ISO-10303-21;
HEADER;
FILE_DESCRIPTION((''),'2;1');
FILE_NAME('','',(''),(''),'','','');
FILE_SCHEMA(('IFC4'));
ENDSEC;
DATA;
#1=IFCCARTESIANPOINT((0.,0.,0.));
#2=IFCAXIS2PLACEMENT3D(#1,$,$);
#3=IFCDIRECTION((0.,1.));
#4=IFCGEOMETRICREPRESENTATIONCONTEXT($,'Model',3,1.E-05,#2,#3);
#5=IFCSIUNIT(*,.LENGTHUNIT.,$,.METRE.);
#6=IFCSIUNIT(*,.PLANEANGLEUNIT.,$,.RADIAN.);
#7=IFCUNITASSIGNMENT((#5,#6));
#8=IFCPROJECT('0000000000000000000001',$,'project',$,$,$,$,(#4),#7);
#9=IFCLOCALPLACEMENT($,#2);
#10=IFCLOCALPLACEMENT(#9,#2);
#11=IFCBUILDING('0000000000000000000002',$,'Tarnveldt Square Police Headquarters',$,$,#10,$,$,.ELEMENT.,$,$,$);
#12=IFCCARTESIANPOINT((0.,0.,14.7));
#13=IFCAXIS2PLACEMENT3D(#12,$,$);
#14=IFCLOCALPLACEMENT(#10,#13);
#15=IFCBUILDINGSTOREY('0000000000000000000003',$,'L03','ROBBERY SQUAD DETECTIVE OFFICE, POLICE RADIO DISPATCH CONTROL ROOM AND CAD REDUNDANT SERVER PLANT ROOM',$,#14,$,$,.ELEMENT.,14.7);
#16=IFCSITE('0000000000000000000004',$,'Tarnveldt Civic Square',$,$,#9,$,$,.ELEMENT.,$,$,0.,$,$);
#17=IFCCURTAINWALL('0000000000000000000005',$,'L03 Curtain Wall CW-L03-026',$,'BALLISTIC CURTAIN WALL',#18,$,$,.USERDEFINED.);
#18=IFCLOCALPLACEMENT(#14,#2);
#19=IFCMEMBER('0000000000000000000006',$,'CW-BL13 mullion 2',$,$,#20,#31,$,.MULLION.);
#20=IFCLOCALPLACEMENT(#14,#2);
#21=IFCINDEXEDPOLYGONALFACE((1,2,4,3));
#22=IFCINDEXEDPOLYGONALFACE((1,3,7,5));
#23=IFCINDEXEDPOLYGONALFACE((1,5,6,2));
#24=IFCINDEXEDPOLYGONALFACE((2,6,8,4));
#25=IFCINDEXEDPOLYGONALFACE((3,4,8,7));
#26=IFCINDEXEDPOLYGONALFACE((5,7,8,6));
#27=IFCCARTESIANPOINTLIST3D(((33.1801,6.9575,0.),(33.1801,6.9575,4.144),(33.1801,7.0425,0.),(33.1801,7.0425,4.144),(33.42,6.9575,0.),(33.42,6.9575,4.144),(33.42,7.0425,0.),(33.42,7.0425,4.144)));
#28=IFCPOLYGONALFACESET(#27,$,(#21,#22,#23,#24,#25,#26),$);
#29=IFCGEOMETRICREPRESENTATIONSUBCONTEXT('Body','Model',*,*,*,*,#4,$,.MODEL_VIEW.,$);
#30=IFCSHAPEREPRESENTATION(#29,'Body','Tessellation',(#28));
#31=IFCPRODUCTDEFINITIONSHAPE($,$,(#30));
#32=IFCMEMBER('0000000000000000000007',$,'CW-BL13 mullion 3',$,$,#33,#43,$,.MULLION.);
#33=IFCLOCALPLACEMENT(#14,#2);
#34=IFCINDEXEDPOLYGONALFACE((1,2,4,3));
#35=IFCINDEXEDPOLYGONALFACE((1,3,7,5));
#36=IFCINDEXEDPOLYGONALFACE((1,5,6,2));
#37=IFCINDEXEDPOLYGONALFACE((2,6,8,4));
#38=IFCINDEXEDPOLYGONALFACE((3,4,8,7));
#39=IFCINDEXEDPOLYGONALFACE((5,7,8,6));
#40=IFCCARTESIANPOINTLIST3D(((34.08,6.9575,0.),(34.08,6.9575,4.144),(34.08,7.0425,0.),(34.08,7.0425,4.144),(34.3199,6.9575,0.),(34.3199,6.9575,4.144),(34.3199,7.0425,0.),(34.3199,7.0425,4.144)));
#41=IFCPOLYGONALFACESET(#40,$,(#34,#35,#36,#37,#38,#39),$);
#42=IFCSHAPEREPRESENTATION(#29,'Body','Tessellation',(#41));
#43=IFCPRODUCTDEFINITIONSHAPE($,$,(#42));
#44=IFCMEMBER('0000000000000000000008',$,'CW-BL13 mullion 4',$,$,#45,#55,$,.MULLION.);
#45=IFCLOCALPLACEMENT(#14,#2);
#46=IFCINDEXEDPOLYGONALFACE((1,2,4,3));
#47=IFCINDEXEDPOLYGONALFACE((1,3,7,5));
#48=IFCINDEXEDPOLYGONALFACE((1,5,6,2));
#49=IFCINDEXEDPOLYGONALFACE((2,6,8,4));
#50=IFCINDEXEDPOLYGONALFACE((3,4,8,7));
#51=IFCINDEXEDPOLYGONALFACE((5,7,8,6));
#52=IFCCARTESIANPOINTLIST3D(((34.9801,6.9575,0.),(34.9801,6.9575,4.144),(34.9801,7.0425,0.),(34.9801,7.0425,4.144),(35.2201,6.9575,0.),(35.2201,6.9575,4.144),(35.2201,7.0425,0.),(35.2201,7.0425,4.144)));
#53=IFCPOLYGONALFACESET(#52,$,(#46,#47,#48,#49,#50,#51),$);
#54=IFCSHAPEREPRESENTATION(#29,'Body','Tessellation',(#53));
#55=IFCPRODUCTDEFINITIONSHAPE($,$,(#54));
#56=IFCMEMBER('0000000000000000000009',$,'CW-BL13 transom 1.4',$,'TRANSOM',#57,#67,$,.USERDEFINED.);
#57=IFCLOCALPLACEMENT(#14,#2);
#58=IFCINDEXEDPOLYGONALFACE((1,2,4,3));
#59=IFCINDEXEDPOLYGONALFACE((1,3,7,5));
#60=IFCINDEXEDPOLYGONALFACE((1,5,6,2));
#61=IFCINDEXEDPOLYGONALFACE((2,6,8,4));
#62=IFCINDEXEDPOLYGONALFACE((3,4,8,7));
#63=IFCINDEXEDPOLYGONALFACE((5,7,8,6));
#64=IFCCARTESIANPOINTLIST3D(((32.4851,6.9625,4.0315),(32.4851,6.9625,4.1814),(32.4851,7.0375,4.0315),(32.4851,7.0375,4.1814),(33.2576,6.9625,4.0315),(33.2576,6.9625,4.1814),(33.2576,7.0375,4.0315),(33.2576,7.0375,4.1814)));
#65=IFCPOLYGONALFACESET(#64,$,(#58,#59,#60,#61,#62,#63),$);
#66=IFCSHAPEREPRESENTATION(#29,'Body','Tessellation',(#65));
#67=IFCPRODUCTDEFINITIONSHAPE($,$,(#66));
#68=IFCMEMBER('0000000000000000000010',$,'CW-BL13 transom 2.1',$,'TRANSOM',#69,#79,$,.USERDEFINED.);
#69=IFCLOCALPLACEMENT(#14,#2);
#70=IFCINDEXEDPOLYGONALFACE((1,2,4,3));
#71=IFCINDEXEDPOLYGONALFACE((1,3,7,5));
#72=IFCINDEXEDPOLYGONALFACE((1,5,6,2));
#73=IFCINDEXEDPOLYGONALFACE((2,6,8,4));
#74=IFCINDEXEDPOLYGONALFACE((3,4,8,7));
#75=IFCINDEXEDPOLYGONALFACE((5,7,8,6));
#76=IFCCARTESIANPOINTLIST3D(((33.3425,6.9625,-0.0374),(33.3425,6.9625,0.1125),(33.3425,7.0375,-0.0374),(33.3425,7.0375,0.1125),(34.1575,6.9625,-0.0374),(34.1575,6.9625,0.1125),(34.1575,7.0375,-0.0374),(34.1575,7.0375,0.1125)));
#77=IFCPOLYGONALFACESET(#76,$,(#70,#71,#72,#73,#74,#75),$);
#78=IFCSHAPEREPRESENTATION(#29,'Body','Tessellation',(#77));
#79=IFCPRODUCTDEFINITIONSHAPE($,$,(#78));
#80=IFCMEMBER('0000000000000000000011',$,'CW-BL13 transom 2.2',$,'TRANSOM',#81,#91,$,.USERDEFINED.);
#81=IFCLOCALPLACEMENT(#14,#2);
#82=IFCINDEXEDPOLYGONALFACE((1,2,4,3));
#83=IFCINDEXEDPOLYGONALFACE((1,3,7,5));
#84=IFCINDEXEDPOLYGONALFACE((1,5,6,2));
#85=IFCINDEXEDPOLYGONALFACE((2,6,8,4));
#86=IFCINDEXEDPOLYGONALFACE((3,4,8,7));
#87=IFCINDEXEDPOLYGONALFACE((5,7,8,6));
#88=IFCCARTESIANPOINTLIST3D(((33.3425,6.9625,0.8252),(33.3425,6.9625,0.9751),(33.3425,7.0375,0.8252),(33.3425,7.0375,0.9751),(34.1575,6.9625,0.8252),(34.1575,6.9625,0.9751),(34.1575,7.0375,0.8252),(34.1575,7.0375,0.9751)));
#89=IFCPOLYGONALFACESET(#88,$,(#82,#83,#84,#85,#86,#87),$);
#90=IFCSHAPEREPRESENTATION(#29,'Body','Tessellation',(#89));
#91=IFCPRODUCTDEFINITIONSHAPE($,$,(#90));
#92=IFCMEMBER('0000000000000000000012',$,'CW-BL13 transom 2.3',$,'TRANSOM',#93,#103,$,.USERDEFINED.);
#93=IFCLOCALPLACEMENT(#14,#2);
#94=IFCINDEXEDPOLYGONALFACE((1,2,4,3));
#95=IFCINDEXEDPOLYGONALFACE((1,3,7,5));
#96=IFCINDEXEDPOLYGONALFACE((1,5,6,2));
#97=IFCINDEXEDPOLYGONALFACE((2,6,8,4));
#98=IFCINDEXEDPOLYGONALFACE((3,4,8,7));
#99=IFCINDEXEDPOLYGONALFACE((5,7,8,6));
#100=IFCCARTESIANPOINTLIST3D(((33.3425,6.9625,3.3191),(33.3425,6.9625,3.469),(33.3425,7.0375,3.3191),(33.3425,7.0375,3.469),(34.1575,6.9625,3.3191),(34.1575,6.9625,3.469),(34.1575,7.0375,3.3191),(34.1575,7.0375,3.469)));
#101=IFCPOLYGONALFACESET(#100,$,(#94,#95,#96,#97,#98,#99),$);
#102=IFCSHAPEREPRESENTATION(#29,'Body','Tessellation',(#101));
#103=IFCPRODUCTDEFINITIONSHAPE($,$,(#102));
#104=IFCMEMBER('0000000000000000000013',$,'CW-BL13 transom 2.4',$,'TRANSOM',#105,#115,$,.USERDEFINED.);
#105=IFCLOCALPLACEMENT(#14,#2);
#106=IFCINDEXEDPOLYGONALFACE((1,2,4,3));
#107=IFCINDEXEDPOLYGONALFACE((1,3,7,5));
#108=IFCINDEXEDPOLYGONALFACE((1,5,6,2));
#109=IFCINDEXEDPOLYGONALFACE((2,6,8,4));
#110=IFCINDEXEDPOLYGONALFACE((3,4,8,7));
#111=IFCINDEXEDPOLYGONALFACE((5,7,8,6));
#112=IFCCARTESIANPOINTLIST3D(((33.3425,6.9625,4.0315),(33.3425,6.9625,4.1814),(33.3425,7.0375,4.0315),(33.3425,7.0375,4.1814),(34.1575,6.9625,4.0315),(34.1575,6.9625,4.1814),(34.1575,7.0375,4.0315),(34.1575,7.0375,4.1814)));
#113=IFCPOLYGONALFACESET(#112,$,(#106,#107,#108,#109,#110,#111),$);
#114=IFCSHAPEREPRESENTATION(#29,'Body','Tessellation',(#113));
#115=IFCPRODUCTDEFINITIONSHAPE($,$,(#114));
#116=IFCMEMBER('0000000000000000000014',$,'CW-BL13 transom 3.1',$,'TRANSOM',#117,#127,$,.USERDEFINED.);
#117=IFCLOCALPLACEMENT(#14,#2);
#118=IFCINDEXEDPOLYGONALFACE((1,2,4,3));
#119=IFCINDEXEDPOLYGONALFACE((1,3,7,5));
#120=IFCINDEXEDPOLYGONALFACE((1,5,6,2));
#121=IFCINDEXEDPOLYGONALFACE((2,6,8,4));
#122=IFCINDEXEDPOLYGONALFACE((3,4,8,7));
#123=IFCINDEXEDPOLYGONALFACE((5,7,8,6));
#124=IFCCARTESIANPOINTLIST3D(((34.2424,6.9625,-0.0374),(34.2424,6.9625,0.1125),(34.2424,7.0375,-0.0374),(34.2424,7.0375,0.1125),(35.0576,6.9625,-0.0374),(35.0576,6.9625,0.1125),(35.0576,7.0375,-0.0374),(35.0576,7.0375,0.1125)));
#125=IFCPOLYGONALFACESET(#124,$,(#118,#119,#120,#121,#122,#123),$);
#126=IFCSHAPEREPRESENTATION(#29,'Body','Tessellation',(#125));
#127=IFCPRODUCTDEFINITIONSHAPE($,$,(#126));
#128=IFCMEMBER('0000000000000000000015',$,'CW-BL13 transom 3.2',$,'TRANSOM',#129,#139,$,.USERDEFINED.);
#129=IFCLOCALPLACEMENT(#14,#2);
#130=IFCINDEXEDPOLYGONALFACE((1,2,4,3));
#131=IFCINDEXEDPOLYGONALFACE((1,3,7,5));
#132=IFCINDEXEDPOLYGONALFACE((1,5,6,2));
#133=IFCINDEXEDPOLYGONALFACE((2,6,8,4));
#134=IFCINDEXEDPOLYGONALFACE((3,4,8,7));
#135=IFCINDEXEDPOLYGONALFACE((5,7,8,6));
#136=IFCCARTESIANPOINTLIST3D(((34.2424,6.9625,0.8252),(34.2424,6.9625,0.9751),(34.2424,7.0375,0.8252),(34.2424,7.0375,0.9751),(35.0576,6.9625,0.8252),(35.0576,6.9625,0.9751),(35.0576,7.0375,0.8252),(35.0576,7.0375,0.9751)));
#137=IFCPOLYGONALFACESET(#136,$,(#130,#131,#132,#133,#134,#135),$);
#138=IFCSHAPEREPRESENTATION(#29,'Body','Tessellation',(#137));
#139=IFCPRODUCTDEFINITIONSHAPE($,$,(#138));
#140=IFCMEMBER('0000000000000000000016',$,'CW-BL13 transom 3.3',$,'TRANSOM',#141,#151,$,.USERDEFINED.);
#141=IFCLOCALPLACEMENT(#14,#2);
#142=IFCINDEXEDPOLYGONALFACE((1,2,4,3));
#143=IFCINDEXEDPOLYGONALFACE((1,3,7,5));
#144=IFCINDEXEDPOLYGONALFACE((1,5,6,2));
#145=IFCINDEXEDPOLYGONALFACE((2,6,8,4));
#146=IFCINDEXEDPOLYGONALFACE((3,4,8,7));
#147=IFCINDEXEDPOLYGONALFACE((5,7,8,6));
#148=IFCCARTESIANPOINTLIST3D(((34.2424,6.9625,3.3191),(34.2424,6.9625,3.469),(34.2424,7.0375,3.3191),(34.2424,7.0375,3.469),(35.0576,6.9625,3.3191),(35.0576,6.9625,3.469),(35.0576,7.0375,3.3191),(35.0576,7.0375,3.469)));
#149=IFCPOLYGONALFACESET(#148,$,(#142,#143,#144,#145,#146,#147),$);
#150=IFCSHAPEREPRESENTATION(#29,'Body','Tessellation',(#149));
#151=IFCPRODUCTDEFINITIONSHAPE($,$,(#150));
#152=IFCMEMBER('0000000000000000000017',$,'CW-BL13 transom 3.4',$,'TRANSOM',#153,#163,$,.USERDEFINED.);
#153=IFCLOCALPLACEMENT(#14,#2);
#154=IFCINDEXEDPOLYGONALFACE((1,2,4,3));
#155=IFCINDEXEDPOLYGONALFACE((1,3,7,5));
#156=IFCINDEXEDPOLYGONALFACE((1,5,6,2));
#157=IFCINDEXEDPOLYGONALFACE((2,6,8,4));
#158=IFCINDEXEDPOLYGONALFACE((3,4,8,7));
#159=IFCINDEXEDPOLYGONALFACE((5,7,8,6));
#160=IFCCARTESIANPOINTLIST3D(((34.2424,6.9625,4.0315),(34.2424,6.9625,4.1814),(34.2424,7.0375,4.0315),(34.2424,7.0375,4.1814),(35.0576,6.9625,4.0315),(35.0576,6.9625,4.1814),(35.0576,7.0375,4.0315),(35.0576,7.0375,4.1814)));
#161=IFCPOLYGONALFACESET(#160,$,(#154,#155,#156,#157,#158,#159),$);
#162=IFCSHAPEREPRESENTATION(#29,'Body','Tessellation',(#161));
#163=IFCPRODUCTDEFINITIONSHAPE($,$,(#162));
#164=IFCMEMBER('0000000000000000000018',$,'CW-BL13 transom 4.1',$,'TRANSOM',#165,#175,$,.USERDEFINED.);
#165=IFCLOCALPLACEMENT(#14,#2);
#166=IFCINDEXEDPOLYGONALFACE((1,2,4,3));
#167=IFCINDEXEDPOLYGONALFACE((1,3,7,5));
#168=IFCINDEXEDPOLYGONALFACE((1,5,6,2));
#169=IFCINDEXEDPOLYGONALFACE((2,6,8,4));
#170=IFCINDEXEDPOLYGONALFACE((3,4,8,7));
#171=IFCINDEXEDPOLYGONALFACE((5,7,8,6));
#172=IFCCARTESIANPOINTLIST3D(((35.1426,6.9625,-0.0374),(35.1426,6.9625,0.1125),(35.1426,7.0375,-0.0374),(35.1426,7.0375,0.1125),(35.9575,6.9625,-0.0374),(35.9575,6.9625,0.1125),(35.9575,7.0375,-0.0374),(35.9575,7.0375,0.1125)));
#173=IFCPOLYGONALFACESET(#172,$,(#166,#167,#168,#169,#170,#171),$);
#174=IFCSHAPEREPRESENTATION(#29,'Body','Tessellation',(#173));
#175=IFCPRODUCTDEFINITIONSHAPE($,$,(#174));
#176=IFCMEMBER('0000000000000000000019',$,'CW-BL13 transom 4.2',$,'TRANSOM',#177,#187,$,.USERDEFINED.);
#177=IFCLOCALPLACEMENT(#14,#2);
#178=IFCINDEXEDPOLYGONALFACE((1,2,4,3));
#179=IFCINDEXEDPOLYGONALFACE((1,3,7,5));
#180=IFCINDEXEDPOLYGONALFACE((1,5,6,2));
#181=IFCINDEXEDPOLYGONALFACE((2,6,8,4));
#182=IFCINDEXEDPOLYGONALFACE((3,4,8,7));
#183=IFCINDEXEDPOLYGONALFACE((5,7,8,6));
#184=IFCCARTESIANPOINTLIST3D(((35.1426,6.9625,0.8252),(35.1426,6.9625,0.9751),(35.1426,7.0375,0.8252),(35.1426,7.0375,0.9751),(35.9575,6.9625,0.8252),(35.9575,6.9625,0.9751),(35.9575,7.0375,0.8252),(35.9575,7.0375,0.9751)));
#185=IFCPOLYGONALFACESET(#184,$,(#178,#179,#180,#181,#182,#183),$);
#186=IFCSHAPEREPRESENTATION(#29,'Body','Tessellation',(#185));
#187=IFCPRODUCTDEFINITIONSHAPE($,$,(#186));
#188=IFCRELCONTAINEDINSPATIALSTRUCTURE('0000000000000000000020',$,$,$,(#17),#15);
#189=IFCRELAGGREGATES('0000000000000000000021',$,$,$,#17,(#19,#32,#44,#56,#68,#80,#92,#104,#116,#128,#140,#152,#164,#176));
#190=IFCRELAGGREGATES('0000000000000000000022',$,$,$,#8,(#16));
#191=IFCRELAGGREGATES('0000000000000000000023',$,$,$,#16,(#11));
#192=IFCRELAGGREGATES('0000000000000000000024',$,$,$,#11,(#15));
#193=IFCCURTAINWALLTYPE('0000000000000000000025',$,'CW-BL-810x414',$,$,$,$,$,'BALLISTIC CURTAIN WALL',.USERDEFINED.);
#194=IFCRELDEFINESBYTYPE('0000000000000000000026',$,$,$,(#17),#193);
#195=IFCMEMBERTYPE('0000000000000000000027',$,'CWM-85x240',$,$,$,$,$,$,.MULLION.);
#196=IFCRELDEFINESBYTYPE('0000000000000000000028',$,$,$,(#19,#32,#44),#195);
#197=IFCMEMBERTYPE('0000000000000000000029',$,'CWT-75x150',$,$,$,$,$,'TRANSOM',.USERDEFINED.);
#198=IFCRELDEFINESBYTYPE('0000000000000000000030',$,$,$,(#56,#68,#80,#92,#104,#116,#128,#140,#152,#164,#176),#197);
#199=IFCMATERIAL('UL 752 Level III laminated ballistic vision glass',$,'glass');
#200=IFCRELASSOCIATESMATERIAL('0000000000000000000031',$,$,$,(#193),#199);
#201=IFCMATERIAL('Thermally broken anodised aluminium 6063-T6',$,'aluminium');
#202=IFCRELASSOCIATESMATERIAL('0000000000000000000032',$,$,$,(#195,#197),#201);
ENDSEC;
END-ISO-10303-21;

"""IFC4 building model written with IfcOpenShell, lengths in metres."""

from ifc_helpers import new_model, si_unit, direction, frame, origin, origin_2d, place, context, subcontext, project, spatial, rectangle, extrude, material, material_profile, profile_set, type_object, element, aggregate, save


model = new_model("IFC4")

# Units and contexts
model_context = context("Model", 3, precision=1e-05, world=origin(), true_north=direction((0.0, 1.0)))
body_context = subcontext(model_context, "Body", "Model", "MODEL_VIEW")
ifc_project = project(units=[si_unit("LENGTHUNIT", "METRE"), si_unit("PLANEANGLEUNIT", "RADIAN")], contexts=[model_context])

# Site, building, storey
site_placement = place(None, origin())
site = spatial("IfcSite", under=ifc_project, at=site_placement, Name="Tarnveldt Civic Square", CompositionType="ELEMENT", RefElevation=0.0)
building_placement = place(site_placement, origin())
building = spatial("IfcBuilding", under=site, at=building_placement, Name="Tarnveldt Square Police Headquarters", CompositionType="ELEMENT")
storey_placement = place(building_placement, frame((0.0, 0.0, 14.7)))
storey = spatial("IfcBuildingStorey", under=building, at=storey_placement, Name="L03", Description="ROBBERY SQUAD DETECTIVE OFFICE, POLICE RADIO DISPATCH CONTROL ROOM AND CAD REDUNDANT SERVER PLANT ROOM", CompositionType="ELEMENT", Elevation=14.7)

# Curtain wall, members
ifc_material_1 = material(Name="UL 752 Level III laminated ballistic vision glass", Category="glass")
curtain_wall_type = type_object("IfcCurtainWallType", Name="CW-BL-810x414", ElementType="BALLISTIC CURTAIN WALL", PredefinedType="USERDEFINED", material=ifc_material_1)
curtain_wall_placement = place(storey_placement, origin())
curtain_wall = element("IfcCurtainWall", 1, at=curtain_wall_placement, inside=storey, type_object=curtain_wall_type, Name="L03 Curtain Wall CW-L03-026", ObjectType="BALLISTIC CURTAIN WALL", PredefinedType="USERDEFINED")
ifc_material_2 = material(Name="Thermally broken anodised aluminium 6063-T6", Category="aluminium")
ifc_material_profile_1 = material_profile(ifc_material_2, rectangle(XDim=0.085, YDim=0.24, at=origin_2d()), Name="CW-M85x240")
ifc_profile_set_1 = profile_set([ifc_material_profile_1], Name="Thermally broken anodised aluminium 6063-T6")
member_type_1 = type_object("IfcMemberType", Name="CWM-85x240", PredefinedType="MULLION", material=ifc_profile_set_1)
member_1_placement = place(storey_placement, frame((33.3, 7.0, 0.0), z_axis=(0.0, 0.0, 1.0), x_axis=(0.0, 1.0, 0.0)))
member_1 = element("IfcMember", 2, at=member_1_placement, type_object=member_type_1, Name="CW-BL13 mullion 2", PredefinedType="MULLION", context=body_context, shape_type="SweptSolid", body=[
    extrude(rectangle(XDim=0.085, YDim=0.24, at=origin_2d()), origin(), (0.0, 0.0, 1.0), 4.144),
])
member_2_placement = place(storey_placement, frame((34.2, 7.0, 0.0), z_axis=(0.0, 0.0, 1.0), x_axis=(0.0, 1.0, 0.0)))
member_2 = element("IfcMember", 3, at=member_2_placement, type_object=member_type_1, Name="CW-BL13 mullion 3", PredefinedType="MULLION", context=body_context, shape_type="SweptSolid", body=[
    extrude(rectangle(XDim=0.085, YDim=0.24, at=origin_2d()), origin(), (0.0, 0.0, 1.0), 4.144),
])
member_3_placement = place(storey_placement, frame((35.1001, 7.0, 0.0), z_axis=(0.0, 0.0, 1.0), x_axis=(0.0, 1.0, 0.0)))
member_3 = element("IfcMember", 4, at=member_3_placement, type_object=member_type_1, Name="CW-BL13 mullion 4", PredefinedType="MULLION", context=body_context, shape_type="SweptSolid", body=[
    extrude(rectangle(XDim=0.085, YDim=0.24, at=origin_2d()), origin(), (0.0, 0.0, 1.0), 4.144),
])
ifc_material_profile_2 = material_profile(ifc_material_2, rectangle(XDim=0.075, YDim=0.1499, at=origin_2d()), Name="CW-T75x150")
ifc_profile_set_2 = profile_set([ifc_material_profile_2], Name="Thermally broken anodised aluminium 6063-T6")
member_type_2 = type_object("IfcMemberType", Name="CWT-75x150", ElementType="TRANSOM", PredefinedType="USERDEFINED", material=ifc_profile_set_2)
member_4_placement = place(storey_placement, frame((32.4851, 7.0, 4.1064), z_axis=(1.0, 0.0, 0.0), x_axis=(0.0, 1.0, 0.0)))
member_4 = element("IfcMember", 5, at=member_4_placement, type_object=member_type_2, Name="CW-BL13 transom 1.4", ObjectType="TRANSOM", PredefinedType="USERDEFINED", context=body_context, shape_type="SweptSolid", body=[
    extrude(rectangle(XDim=0.075, YDim=0.1499, at=origin_2d()), origin(), (0.0, 0.0, 1.0), 0.7725),
])
member_5_placement = place(storey_placement, frame((33.3425, 7.0, 0.0376), z_axis=(1.0, 0.0, 0.0), x_axis=(0.0, 1.0, 0.0)))
member_5 = element("IfcMember", 6, at=member_5_placement, type_object=member_type_2, Name="CW-BL13 transom 2.1", ObjectType="TRANSOM", PredefinedType="USERDEFINED", context=body_context, shape_type="SweptSolid", body=[
    extrude(rectangle(XDim=0.075, YDim=0.1499, at=origin_2d()), origin(), (0.0, 0.0, 1.0), 0.8149),
])
member_6_placement = place(storey_placement, frame((33.3425, 7.0, 0.9001), z_axis=(1.0, 0.0, 0.0), x_axis=(0.0, 1.0, 0.0)))
member_6 = element("IfcMember", 7, at=member_6_placement, type_object=member_type_2, Name="CW-BL13 transom 2.2", ObjectType="TRANSOM", PredefinedType="USERDEFINED", context=body_context, shape_type="SweptSolid", body=[
    extrude(rectangle(XDim=0.075, YDim=0.1499, at=origin_2d()), origin(), (0.0, 0.0, 1.0), 0.8149),
])
member_7_placement = place(storey_placement, frame((33.3425, 7.0, 3.394), z_axis=(1.0, 0.0, 0.0), x_axis=(0.0, 1.0, 0.0)))
member_7 = element("IfcMember", 8, at=member_7_placement, type_object=member_type_2, Name="CW-BL13 transom 2.3", ObjectType="TRANSOM", PredefinedType="USERDEFINED", context=body_context, shape_type="SweptSolid", body=[
    extrude(rectangle(XDim=0.075, YDim=0.1499, at=origin_2d()), origin(), (0.0, 0.0, 1.0), 0.8149),
])
member_8_placement = place(storey_placement, frame((33.3425, 7.0, 4.1064), z_axis=(1.0, 0.0, 0.0), x_axis=(0.0, 1.0, 0.0)))
member_8 = element("IfcMember", 9, at=member_8_placement, type_object=member_type_2, Name="CW-BL13 transom 2.4", ObjectType="TRANSOM", PredefinedType="USERDEFINED", context=body_context, shape_type="SweptSolid", body=[
    extrude(rectangle(XDim=0.075, YDim=0.1499, at=origin_2d()), origin(), (0.0, 0.0, 1.0), 0.8149),
])
member_9_placement = place(storey_placement, frame((34.2424, 7.0, 0.0376), z_axis=(1.0, 0.0, 0.0), x_axis=(0.0, 1.0, 0.0)))
member_9 = element("IfcMember", 10, at=member_9_placement, type_object=member_type_2, Name="CW-BL13 transom 3.1", ObjectType="TRANSOM", PredefinedType="USERDEFINED", context=body_context, shape_type="SweptSolid", body=[
    extrude(rectangle(XDim=0.075, YDim=0.1499, at=origin_2d()), origin(), (0.0, 0.0, 1.0), 0.8152),
])
member_10_placement = place(storey_placement, frame((34.2424, 7.0, 0.9001), z_axis=(1.0, 0.0, 0.0), x_axis=(0.0, 1.0, 0.0)))
member_10 = element("IfcMember", 11, at=member_10_placement, type_object=member_type_2, Name="CW-BL13 transom 3.2", ObjectType="TRANSOM", PredefinedType="USERDEFINED", context=body_context, shape_type="SweptSolid", body=[
    extrude(rectangle(XDim=0.075, YDim=0.1499, at=origin_2d()), origin(), (0.0, 0.0, 1.0), 0.8152),
])
member_11_placement = place(storey_placement, frame((34.2424, 7.0, 3.394), z_axis=(1.0, 0.0, 0.0), x_axis=(0.0, 1.0, 0.0)))
member_11 = element("IfcMember", 12, at=member_11_placement, type_object=member_type_2, Name="CW-BL13 transom 3.3", ObjectType="TRANSOM", PredefinedType="USERDEFINED", context=body_context, shape_type="SweptSolid", body=[
    extrude(rectangle(XDim=0.075, YDim=0.1499, at=origin_2d()), origin(), (0.0, 0.0, 1.0), 0.8152),
])
member_12_placement = place(storey_placement, frame((34.2424, 7.0, 4.1064), z_axis=(1.0, 0.0, 0.0), x_axis=(0.0, 1.0, 0.0)))
member_12 = element("IfcMember", 13, at=member_12_placement, type_object=member_type_2, Name="CW-BL13 transom 3.4", ObjectType="TRANSOM", PredefinedType="USERDEFINED", context=body_context, shape_type="SweptSolid", body=[
    extrude(rectangle(XDim=0.075, YDim=0.1499, at=origin_2d()), origin(), (0.0, 0.0, 1.0), 0.8152),
])
member_13_placement = place(storey_placement, frame((35.1426, 7.0, 0.0376), z_axis=(1.0, 0.0, 0.0), x_axis=(0.0, 1.0, 0.0)))
member_13 = element("IfcMember", 14, at=member_13_placement, type_object=member_type_2, Name="CW-BL13 transom 4.1", ObjectType="TRANSOM", PredefinedType="USERDEFINED", context=body_context, shape_type="SweptSolid", body=[
    extrude(rectangle(XDim=0.075, YDim=0.1499, at=origin_2d()), origin(), (0.0, 0.0, 1.0), 0.8149),
])
member_14_placement = place(storey_placement, frame((35.1426, 7.0, 0.9001), z_axis=(1.0, 0.0, 0.0), x_axis=(0.0, 1.0, 0.0)))
member_14 = element("IfcMember", 15, at=member_14_placement, type_object=member_type_2, Name="CW-BL13 transom 4.2", ObjectType="TRANSOM", PredefinedType="USERDEFINED", context=body_context, shape_type="SweptSolid", body=[
    extrude(rectangle(XDim=0.075, YDim=0.1499, at=origin_2d()), origin(), (0.0, 0.0, 1.0), 0.8149),
])

aggregate(curtain_wall, [member_1, member_2, member_3, member_4, member_5, member_6, member_7, member_8, member_9, member_10, member_11, member_12, member_13, member_14])

save(model, "model.ifc")
